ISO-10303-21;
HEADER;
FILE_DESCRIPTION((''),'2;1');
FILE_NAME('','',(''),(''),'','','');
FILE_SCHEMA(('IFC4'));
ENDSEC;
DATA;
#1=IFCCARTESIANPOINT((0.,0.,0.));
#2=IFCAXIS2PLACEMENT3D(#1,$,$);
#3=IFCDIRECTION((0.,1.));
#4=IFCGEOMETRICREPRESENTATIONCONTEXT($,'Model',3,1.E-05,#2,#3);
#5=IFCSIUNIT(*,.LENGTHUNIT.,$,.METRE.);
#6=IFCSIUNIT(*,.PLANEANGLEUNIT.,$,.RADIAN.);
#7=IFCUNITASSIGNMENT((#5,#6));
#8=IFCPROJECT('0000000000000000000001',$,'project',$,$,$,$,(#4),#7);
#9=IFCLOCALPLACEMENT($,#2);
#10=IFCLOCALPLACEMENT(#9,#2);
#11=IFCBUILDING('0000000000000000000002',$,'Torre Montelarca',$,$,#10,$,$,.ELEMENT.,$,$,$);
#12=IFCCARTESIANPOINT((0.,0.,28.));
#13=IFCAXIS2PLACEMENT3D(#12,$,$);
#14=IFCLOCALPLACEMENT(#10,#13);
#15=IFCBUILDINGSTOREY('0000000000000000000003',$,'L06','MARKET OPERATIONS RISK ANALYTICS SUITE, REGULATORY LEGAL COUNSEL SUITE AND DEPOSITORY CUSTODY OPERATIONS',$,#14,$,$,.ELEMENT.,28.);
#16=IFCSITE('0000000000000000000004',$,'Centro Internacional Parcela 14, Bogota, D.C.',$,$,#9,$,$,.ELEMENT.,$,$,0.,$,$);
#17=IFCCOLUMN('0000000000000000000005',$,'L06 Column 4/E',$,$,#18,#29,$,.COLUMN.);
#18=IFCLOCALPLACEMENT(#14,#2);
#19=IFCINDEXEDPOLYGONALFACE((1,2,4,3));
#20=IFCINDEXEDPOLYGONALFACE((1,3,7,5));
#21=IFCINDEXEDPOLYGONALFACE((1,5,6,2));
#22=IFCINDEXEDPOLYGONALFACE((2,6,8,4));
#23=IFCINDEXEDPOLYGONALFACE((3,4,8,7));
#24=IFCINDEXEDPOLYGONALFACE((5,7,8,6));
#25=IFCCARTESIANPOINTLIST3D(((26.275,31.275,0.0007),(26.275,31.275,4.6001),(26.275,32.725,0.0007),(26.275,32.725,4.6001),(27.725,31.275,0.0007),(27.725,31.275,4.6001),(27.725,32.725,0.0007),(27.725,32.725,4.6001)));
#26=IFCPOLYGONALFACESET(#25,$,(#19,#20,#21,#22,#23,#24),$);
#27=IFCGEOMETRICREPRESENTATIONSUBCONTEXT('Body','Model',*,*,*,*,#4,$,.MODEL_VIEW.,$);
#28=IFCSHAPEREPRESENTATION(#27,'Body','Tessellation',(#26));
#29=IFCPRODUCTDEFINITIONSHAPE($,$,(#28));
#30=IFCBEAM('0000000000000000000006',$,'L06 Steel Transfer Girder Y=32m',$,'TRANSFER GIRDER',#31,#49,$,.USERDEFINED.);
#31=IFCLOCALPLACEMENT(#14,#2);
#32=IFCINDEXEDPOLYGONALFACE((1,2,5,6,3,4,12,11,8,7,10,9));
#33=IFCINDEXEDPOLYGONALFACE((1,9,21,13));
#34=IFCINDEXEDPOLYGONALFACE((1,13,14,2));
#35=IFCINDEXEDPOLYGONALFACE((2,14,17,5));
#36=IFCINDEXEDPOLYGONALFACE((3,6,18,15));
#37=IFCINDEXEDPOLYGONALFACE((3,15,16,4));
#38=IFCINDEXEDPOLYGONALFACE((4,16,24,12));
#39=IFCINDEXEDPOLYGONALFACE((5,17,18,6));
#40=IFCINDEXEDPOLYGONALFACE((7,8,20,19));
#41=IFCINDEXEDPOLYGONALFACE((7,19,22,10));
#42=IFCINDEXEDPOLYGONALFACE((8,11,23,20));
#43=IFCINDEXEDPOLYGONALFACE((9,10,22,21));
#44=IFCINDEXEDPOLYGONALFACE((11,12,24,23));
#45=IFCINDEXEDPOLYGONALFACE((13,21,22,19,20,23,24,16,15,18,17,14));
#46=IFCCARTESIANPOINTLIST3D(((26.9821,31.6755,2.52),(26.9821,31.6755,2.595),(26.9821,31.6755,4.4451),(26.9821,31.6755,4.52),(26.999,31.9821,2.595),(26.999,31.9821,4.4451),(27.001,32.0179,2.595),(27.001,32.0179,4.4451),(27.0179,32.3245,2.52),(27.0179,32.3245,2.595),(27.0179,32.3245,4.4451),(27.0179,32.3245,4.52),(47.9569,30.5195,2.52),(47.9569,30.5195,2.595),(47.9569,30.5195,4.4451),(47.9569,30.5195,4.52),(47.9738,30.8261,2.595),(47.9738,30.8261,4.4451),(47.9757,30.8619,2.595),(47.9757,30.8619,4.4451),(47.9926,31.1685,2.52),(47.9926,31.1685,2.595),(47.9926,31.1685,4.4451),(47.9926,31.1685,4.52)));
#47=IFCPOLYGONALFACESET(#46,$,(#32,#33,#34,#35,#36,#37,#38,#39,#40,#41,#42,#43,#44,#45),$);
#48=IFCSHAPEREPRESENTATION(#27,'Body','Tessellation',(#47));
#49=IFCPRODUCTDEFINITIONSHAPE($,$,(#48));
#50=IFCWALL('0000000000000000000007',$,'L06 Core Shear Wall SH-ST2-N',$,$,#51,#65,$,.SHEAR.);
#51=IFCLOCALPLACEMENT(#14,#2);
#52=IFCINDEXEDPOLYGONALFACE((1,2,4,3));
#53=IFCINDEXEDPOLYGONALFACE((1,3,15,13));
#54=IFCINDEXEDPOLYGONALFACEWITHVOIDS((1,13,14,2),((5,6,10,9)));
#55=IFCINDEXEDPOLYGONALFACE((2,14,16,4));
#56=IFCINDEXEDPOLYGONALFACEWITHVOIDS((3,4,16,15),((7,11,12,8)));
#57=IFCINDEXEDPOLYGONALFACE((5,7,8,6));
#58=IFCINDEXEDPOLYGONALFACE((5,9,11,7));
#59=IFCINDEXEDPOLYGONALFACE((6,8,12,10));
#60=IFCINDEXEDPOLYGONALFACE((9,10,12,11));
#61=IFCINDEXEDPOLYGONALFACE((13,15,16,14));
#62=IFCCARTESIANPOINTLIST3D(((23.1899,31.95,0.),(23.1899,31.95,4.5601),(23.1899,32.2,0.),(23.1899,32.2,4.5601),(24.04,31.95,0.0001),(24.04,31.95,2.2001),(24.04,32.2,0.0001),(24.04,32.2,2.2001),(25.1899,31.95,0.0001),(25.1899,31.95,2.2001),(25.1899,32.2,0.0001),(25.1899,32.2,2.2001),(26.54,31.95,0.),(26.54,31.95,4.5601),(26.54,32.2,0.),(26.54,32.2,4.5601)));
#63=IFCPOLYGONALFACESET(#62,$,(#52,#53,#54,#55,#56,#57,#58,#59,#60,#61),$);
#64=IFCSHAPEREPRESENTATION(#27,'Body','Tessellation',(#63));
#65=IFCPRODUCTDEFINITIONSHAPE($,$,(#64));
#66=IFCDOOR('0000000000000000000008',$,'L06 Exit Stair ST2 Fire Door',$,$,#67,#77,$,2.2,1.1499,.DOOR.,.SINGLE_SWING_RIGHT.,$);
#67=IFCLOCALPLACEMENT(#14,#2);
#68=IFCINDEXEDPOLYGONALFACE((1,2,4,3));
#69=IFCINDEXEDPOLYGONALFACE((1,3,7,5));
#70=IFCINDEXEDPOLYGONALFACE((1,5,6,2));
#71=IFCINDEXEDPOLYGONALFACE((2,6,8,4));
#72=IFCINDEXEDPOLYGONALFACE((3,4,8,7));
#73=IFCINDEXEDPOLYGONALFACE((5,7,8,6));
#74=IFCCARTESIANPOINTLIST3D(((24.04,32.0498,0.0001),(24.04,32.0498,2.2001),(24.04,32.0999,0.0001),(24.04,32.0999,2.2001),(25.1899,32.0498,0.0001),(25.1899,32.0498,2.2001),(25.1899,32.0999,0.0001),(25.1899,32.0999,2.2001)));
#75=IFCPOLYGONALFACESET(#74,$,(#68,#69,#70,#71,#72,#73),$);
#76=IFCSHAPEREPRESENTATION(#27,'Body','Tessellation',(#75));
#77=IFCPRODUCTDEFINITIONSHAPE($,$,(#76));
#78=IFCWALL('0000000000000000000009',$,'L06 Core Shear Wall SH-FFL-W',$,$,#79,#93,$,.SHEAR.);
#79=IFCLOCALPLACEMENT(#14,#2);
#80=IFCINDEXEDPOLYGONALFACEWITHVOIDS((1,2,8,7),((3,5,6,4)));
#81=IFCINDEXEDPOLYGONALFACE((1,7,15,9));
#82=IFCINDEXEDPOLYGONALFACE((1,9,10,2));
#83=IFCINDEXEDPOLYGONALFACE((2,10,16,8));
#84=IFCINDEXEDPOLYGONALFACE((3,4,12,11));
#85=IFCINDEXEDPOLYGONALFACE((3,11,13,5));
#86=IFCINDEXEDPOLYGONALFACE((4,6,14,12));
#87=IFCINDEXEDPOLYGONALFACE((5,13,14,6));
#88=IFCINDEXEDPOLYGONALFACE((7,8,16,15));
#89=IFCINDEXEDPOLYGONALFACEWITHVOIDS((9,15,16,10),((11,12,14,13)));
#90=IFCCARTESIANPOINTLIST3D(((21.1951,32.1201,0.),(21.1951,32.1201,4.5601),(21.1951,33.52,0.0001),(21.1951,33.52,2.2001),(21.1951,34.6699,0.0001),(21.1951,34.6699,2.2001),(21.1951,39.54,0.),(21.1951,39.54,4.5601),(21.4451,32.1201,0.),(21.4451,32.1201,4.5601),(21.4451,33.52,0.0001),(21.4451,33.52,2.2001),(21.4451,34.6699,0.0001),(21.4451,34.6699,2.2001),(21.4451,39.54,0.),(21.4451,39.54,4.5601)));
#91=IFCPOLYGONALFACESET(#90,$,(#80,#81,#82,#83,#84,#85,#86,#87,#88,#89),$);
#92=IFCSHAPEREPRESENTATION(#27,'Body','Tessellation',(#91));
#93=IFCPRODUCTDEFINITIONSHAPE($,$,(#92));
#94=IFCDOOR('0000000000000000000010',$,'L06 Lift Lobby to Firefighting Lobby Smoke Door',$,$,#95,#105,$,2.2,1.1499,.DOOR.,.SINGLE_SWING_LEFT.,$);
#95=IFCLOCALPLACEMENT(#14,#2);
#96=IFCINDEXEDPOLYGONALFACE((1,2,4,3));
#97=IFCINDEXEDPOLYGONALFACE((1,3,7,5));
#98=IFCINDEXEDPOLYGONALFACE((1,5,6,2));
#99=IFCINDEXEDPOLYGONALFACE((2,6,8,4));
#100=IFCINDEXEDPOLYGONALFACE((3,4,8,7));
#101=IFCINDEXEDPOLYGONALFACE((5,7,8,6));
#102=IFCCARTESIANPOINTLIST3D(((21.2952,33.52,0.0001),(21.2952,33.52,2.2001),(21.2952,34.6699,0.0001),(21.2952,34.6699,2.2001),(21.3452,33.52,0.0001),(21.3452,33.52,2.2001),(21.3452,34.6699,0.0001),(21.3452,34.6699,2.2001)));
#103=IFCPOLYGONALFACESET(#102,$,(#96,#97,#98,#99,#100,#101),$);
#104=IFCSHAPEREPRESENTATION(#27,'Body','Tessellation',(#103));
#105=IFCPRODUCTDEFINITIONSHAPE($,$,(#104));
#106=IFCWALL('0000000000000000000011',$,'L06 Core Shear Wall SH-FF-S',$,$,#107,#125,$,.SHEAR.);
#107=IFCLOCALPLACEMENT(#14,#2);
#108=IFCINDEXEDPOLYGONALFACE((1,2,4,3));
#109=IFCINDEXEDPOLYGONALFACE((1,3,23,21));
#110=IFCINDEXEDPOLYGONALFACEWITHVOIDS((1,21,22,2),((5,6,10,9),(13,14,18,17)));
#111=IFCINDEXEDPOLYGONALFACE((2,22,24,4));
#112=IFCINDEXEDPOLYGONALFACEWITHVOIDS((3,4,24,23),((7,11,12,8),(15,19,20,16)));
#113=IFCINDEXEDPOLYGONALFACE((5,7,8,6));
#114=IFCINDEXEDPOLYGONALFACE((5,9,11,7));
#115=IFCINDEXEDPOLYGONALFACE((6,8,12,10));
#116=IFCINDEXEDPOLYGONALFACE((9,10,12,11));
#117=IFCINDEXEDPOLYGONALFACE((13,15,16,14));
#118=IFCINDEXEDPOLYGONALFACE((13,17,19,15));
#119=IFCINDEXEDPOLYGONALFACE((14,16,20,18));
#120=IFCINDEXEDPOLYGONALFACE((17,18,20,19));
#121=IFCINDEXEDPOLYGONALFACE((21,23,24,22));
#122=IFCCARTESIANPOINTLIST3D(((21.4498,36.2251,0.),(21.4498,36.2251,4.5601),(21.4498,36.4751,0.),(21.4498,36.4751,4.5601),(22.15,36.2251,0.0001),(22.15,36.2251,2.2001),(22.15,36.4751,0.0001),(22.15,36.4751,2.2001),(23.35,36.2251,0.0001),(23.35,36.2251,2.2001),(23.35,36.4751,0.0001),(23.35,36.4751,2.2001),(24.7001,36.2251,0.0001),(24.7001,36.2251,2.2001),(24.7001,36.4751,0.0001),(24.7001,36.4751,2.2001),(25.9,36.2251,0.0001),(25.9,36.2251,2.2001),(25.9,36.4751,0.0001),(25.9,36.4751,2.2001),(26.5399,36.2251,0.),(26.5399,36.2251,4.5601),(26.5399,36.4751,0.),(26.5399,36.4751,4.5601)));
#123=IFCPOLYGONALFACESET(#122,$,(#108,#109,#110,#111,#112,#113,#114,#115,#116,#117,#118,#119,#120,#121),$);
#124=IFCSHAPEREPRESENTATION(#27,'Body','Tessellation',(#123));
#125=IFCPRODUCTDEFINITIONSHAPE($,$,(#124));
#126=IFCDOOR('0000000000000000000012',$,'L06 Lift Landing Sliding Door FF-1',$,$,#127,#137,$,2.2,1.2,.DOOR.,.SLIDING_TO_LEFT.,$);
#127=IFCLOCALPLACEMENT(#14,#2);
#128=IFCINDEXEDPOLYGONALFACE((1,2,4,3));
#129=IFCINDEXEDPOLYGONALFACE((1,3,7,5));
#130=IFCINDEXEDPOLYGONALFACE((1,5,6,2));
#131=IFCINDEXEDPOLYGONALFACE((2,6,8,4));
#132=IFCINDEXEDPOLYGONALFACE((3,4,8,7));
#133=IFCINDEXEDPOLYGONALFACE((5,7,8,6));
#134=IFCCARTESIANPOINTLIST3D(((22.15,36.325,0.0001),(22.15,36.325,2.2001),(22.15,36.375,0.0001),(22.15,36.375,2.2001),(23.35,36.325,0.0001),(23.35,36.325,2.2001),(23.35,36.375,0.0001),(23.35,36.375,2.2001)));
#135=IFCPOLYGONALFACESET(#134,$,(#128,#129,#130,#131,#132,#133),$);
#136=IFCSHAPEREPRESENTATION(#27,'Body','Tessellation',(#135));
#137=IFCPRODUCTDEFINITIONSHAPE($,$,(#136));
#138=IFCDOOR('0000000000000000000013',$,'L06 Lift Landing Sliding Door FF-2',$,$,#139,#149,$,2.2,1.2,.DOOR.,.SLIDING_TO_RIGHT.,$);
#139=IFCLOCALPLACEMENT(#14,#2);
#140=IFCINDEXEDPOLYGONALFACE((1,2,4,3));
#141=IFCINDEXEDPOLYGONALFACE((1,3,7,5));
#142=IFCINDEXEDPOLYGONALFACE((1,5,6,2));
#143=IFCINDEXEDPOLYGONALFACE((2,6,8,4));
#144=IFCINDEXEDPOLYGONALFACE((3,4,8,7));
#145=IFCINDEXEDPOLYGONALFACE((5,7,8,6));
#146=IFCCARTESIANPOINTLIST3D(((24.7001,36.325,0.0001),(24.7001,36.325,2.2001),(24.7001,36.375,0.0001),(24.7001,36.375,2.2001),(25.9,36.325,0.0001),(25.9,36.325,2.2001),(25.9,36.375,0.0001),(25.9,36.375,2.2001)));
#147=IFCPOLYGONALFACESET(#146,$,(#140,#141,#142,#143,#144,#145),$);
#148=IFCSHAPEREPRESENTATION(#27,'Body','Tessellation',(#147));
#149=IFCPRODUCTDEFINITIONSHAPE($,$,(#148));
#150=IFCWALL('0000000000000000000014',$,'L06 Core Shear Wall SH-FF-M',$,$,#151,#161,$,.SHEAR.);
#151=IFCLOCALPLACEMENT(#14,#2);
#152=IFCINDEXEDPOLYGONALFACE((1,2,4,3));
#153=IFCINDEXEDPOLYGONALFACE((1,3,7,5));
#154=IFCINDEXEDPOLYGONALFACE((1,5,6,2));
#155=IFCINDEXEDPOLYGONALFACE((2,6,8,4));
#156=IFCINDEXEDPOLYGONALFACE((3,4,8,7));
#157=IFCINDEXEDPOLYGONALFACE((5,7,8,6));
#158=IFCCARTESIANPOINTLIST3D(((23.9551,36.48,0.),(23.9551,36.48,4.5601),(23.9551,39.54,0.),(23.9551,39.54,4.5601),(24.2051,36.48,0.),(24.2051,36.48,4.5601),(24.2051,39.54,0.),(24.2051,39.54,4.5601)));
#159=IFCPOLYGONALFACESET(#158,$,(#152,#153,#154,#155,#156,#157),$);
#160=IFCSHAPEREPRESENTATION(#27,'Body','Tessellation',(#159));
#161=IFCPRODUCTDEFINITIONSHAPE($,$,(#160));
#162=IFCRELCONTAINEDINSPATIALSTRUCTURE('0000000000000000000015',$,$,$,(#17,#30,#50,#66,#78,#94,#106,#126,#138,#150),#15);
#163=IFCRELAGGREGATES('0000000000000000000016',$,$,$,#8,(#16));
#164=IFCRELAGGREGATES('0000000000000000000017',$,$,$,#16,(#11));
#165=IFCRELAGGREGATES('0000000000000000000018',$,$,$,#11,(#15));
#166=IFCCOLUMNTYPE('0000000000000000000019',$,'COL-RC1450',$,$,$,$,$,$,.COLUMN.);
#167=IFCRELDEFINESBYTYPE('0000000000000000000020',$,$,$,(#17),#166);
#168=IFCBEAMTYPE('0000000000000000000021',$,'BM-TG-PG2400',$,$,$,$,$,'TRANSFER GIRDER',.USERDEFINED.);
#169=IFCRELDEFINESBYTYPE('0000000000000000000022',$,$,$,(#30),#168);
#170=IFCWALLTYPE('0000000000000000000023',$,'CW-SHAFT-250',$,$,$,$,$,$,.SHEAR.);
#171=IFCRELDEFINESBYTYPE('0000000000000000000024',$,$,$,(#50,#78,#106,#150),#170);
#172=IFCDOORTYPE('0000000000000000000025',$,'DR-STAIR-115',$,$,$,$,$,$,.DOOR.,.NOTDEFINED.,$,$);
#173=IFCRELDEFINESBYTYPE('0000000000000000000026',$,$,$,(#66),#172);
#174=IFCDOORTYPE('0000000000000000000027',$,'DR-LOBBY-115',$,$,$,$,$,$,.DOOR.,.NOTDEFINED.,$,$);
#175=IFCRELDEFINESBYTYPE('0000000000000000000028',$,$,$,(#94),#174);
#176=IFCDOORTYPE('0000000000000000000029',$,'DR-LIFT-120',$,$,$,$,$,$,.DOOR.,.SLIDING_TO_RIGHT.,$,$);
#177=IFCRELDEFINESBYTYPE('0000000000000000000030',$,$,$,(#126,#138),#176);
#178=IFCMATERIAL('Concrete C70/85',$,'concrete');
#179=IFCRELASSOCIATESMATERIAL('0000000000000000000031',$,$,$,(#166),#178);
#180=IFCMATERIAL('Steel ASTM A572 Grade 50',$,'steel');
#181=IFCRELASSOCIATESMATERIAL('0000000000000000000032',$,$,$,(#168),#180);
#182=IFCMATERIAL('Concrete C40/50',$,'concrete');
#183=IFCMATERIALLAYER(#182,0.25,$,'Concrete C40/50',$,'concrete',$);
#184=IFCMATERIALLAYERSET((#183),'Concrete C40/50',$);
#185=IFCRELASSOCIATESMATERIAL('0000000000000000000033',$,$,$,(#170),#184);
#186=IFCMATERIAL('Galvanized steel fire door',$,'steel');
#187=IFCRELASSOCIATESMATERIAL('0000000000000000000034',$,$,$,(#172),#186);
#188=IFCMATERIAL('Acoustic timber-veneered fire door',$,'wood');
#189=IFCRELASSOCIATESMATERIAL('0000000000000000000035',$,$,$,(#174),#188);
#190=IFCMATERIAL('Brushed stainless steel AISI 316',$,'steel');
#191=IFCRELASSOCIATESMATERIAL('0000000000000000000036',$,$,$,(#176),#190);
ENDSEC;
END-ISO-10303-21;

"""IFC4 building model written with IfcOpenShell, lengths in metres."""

from ifc_helpers import new_model, si_unit, direction, frame, frame_2d, origin, origin_2d, place, context, subcontext, project, spatial, rectangle, i_section, extrude, source, transform, mapped, material, layer, layer_set, material_profile, profile_set, type_object, element, fill, save


model = new_model("IFC4")

# Units and contexts
model_context = context("Model", 3, precision=1e-05, world=origin(), true_north=direction((0.0, 1.0)))
body_context = subcontext(model_context, "Body", "Model", "MODEL_VIEW")
ifc_project = project(units=[si_unit("LENGTHUNIT", "METRE"), si_unit("PLANEANGLEUNIT", "RADIAN")], contexts=[model_context])

# Site, building, storey
site_placement = place(None, origin())
site = spatial("IfcSite", under=ifc_project, at=site_placement, Name="Centro Internacional Parcela 14, Bogota, D.C.", CompositionType="ELEMENT", RefElevation=0.0)
building_placement = place(site_placement, origin())
building = spatial("IfcBuilding", under=site, at=building_placement, Name="Torre Montelarca", CompositionType="ELEMENT")
storey_placement = place(building_placement, frame((0.0, 0.0, 28.0)))
storey = spatial("IfcBuildingStorey", under=building, at=storey_placement, Name="L06", Description="MARKET OPERATIONS RISK ANALYTICS SUITE, REGULATORY LEGAL COUNSEL SUITE AND DEPOSITORY CUSTODY OPERATIONS", CompositionType="ELEMENT", Elevation=28.0)

# Column
ifc_material_1 = material(Name="Concrete C70/85", Category="concrete")
ifc_material_profile_1 = material_profile(ifc_material_1, rectangle(XDim=1.45, YDim=1.45, at=origin_2d()), Name="RC1450X1450", Category="concrete")
ifc_profile_set_1 = profile_set([ifc_material_profile_1], Name="Concrete C70/85")
column_type = type_object("IfcColumnType", Name="COL-RC1450", PredefinedType="COLUMN", material=ifc_profile_set_1)
shared_shape_1 = source(origin(), body_context, "Body", "SweptSolid", [
    extrude(rectangle(XDim=1.45, YDim=1.45, at=origin_2d()), origin(), (0.0, 0.0, 1.0), 4.5994),
])
column_placement = place(storey_placement, frame((27.0, 32.0, 0.0007), z_axis=(0.0, 0.0, 1.0), x_axis=(1.0, 0.0, 0.0)))
element("IfcColumn", 1, at=column_placement, inside=storey, type_object=column_type, Name="L06 Column 4/E", PredefinedType="COLUMN", context=body_context, shape_type="MappedRepresentation", body=[
    mapped(shared_shape_1, transform((0.0, 0.0, 0.0), scale=1.0)),
])

# Beam
ifc_material_2 = material(Name="Steel ASTM A572 Grade 50", Category="steel")
ifc_material_profile_2 = material_profile(ifc_material_2, i_section(OverallWidth=0.6499, OverallDepth=2.0, WebThickness=0.0359, FlangeThickness=0.075, at=origin_2d()), Name="PG2000X650X36X75", Category="steel")
ifc_profile_set_2 = profile_set([ifc_material_profile_2], Name="Steel ASTM A572 Grade 50")
beam_type = type_object("IfcBeamType", Name="BM-TG-PG2400", ElementType="TRANSFER GIRDER", PredefinedType="USERDEFINED", material=ifc_profile_set_2)
shared_shape_2 = source(origin(), body_context, "Body", "SweptSolid", [
    extrude(i_section(OverallWidth=0.6499, OverallDepth=2.0, WebThickness=0.0359, FlangeThickness=0.075, at=origin_2d()), origin(), (0.0, 0.0, 1.0), 21.0066),
])
beam_placement = place(storey_placement, frame((27.0, 32.0, 3.52), z_axis=(0.998485, -0.05503, 0.0), x_axis=(0.05503, 0.998485, 0.0)))
element("IfcBeam", 2, at=beam_placement, inside=storey, type_object=beam_type, Name="L06 Steel Transfer Girder Y=32m", ObjectType="TRANSFER GIRDER", PredefinedType="USERDEFINED", context=body_context, shape_type="MappedRepresentation", body=[
    mapped(shared_shape_2, transform((0.0, 0.0, 0.0), scale=1.0)),
])

# Walls, openings, doors
ifc_material_3 = material(Name="Concrete C40/50", Category="concrete")
ifc_layer_1 = layer(ifc_material_3, 0.25, Name="Concrete C40/50", Category="concrete")
ifc_layer_set_1 = layer_set([ifc_layer_1], Name="Concrete C40/50")
wall_type_1 = type_object("IfcWallType", Name="CW-SHAFT-250", PredefinedType="SHEAR", material=ifc_layer_set_1)
wall_1_placement = place(storey_placement, frame((23.1899, 32.075, 0.0), z_axis=(0.0, 0.0, 1.0), x_axis=(1.0, 0.0, 0.0)))
wall_1 = element("IfcWall", 3, at=wall_1_placement, inside=storey, type_object=wall_type_1, Name="L06 Core Shear Wall SH-ST2-N", PredefinedType="SHEAR", context=body_context, shape_type="SweptSolid", body=[
    extrude(rectangle(XDim=3.3501, YDim=0.25, at=frame_2d((1.675, 0.0))), origin(), (0.0, 0.0, 1.0), 4.5601),
])
opening_1_placement = place(wall_1_placement, frame((0.8501, 0.0, 0.0)))
opening_1 = element("IfcOpeningElement", 4, at=opening_1_placement, cuts=wall_1, PredefinedType="OPENING", context=body_context, shape_type="SweptSolid", body=[
    extrude(rectangle(XDim=1.1499, YDim=2.2, at=frame_2d((0.575, 1.1001))), frame((0.0, 0.135, 0.0), z_axis=(0.0, -1.0, 0.0), x_axis=(1.0, 0.0, 0.0)), (0.0, 0.0, 1.0), 0.27),
])
ifc_material_4 = material(Name="Galvanized steel fire door", Category="steel")
door_type_1 = type_object("IfcDoorType", Name="DR-STAIR-115", OperationType="NOTDEFINED", PredefinedType="DOOR", material=ifc_material_4)
shared_shape_3 = source(origin(), body_context, "Body", "SweptSolid", [
    extrude(rectangle(XDim=1.1499, YDim=2.2, at=frame_2d((0.575, 1.1001))), frame((0.0, 0.0249, 0.0), z_axis=(0.0, -1.0, 0.0), x_axis=(1.0, 0.0, 0.0)), (0.0, 0.0, 1.0), 0.05),
])
door_1_placement = place(opening_1_placement, origin())
door_1 = element("IfcDoor", 5, at=door_1_placement, inside=storey, type_object=door_type_1, Name="L06 Exit Stair ST2 Fire Door", OperationType="SINGLE_SWING_RIGHT", OverallHeight=2.2, OverallWidth=1.1499, PredefinedType="DOOR", context=body_context, shape_type="MappedRepresentation", body=[
    mapped(shared_shape_3, transform((0.0, 0.0, 0.0), scale=1.0)),
])
fill(opening_1, door_1)
wall_2_placement = place(storey_placement, frame((21.3201, 32.1201, 0.0), z_axis=(0.0, 0.0, 1.0), x_axis=(0.0, 1.0, 0.0)))
wall_2 = element("IfcWall", 6, at=wall_2_placement, inside=storey, type_object=wall_type_1, Name="L06 Core Shear Wall SH-FFL-W", PredefinedType="SHEAR", context=body_context, shape_type="SweptSolid", body=[
    extrude(rectangle(XDim=7.4199, YDim=0.25, at=frame_2d((3.71, 0.0))), origin(), (0.0, 0.0, 1.0), 4.5601),
])
opening_2_placement = place(wall_2_placement, frame((1.3999, 0.0, 0.0)))
opening_2 = element("IfcOpeningElement", 7, at=opening_2_placement, cuts=wall_2, PredefinedType="OPENING", context=body_context, shape_type="SweptSolid", body=[
    extrude(rectangle(XDim=1.1499, YDim=2.2, at=frame_2d((0.575, 1.1001))), frame((0.0, 0.135, 0.0), z_axis=(0.0, -1.0, 0.0), x_axis=(1.0, 0.0, 0.0)), (0.0, 0.0, 1.0), 0.27),
])
ifc_material_5 = material(Name="Acoustic timber-veneered fire door", Category="wood")
door_type_2 = type_object("IfcDoorType", Name="DR-LOBBY-115", OperationType="NOTDEFINED", PredefinedType="DOOR", material=ifc_material_5)
shared_shape_4 = source(origin(), body_context, "Body", "SweptSolid", [
    extrude(rectangle(XDim=1.1499, YDim=2.2, at=frame_2d((0.575, 1.1001))), frame((0.0, 0.0249, 0.0), z_axis=(0.0, -1.0, 0.0), x_axis=(1.0, 0.0, 0.0)), (0.0, 0.0, 1.0), 0.05),
])
door_2_placement = place(opening_2_placement, origin())
door_2 = element("IfcDoor", 8, at=door_2_placement, inside=storey, type_object=door_type_2, Name="L06 Lift Lobby to Firefighting Lobby Smoke Door", OperationType="SINGLE_SWING_LEFT", OverallHeight=2.2, OverallWidth=1.1499, PredefinedType="DOOR", context=body_context, shape_type="MappedRepresentation", body=[
    mapped(shared_shape_4, transform((0.0, 0.0, 0.0), scale=1.0)),
])
fill(opening_2, door_2)

# Wall, openings, doors
wall_3_placement = place(storey_placement, frame((21.45, 36.3501, 0.0), z_axis=(0.0, 0.0, 1.0), x_axis=(1.0, 0.0, 0.0)))
wall_3 = element("IfcWall", 9, at=wall_3_placement, inside=storey, type_object=wall_type_1, Name="L06 Core Shear Wall SH-FF-S", PredefinedType="SHEAR", context=body_context, shape_type="SweptSolid", body=[
    extrude(rectangle(XDim=5.0901, YDim=0.25, at=frame_2d((2.5449, 0.0))), origin(), (0.0, 0.0, 1.0), 4.5601),
])
opening_3_placement = place(wall_3_placement, frame((0.7, 0.0, 0.0)))
opening_3 = element("IfcOpeningElement", 10, at=opening_3_placement, cuts=wall_3, PredefinedType="OPENING", context=body_context, shape_type="SweptSolid", body=[
    extrude(rectangle(XDim=1.2, YDim=2.2, at=frame_2d((0.6001, 1.1001))), frame((0.0, 0.135, 0.0), z_axis=(0.0, -1.0, 0.0), x_axis=(1.0, 0.0, 0.0)), (0.0, 0.0, 1.0), 0.27),
])
opening_4_placement = place(wall_3_placement, frame((3.25, 0.0, 0.0)))
opening_4 = element("IfcOpeningElement", 11, at=opening_4_placement, cuts=wall_3, PredefinedType="OPENING", context=body_context, shape_type="SweptSolid", body=[
    extrude(rectangle(XDim=1.2, YDim=2.2, at=frame_2d((0.6001, 1.1001))), frame((0.0, 0.135, 0.0), z_axis=(0.0, -1.0, 0.0), x_axis=(1.0, 0.0, 0.0)), (0.0, 0.0, 1.0), 0.27),
])
ifc_material_6 = material(Name="Brushed stainless steel AISI 316", Category="steel")
door_type_3 = type_object("IfcDoorType", Name="DR-LIFT-120", OperationType="SLIDING_TO_RIGHT", PredefinedType="DOOR", material=ifc_material_6)
shared_shape_5 = source(origin(), body_context, "Body", "SweptSolid", [
    extrude(rectangle(XDim=1.2, YDim=2.2, at=frame_2d((0.6001, 1.1001))), frame((0.0, 0.0249, 0.0), z_axis=(0.0, -1.0, 0.0), x_axis=(1.0, 0.0, 0.0)), (0.0, 0.0, 1.0), 0.05),
])
door_3_placement = place(opening_3_placement, origin())
door_3 = element("IfcDoor", 12, at=door_3_placement, inside=storey, type_object=door_type_3, Name="L06 Lift Landing Sliding Door FF-1", OperationType="SLIDING_TO_LEFT", OverallHeight=2.2, OverallWidth=1.2, PredefinedType="DOOR", context=body_context, shape_type="MappedRepresentation", body=[
    mapped(shared_shape_5, transform((0.0, 0.0, 0.0), scale=1.0)),
])
fill(opening_3, door_3)
door_4_placement = place(opening_4_placement, origin())
door_4 = element("IfcDoor", 13, at=door_4_placement, inside=storey, type_object=door_type_3, Name="L06 Lift Landing Sliding Door FF-2", OperationType="SLIDING_TO_RIGHT", OverallHeight=2.2, OverallWidth=1.2, PredefinedType="DOOR", context=body_context, shape_type="MappedRepresentation", body=[
    mapped(shared_shape_5, transform((0.0, 0.0, 0.0), scale=1.0)),
])
fill(opening_4, door_4)

# Wall
wall_4_placement = place(storey_placement, frame((24.0801, 36.48, 0.0), z_axis=(0.0, 0.0, 1.0), x_axis=(0.0, 1.0, 0.0)))
element("IfcWall", 14, at=wall_4_placement, inside=storey, type_object=wall_type_1, Name="L06 Core Shear Wall SH-FF-M", PredefinedType="SHEAR", context=body_context, shape_type="SweptSolid", body=[
    extrude(rectangle(XDim=3.0601, YDim=0.25, at=frame_2d((1.53, 0.0))), origin(), (0.0, 0.0, 1.0), 4.5601),
])

save(model, "model.ifc")
